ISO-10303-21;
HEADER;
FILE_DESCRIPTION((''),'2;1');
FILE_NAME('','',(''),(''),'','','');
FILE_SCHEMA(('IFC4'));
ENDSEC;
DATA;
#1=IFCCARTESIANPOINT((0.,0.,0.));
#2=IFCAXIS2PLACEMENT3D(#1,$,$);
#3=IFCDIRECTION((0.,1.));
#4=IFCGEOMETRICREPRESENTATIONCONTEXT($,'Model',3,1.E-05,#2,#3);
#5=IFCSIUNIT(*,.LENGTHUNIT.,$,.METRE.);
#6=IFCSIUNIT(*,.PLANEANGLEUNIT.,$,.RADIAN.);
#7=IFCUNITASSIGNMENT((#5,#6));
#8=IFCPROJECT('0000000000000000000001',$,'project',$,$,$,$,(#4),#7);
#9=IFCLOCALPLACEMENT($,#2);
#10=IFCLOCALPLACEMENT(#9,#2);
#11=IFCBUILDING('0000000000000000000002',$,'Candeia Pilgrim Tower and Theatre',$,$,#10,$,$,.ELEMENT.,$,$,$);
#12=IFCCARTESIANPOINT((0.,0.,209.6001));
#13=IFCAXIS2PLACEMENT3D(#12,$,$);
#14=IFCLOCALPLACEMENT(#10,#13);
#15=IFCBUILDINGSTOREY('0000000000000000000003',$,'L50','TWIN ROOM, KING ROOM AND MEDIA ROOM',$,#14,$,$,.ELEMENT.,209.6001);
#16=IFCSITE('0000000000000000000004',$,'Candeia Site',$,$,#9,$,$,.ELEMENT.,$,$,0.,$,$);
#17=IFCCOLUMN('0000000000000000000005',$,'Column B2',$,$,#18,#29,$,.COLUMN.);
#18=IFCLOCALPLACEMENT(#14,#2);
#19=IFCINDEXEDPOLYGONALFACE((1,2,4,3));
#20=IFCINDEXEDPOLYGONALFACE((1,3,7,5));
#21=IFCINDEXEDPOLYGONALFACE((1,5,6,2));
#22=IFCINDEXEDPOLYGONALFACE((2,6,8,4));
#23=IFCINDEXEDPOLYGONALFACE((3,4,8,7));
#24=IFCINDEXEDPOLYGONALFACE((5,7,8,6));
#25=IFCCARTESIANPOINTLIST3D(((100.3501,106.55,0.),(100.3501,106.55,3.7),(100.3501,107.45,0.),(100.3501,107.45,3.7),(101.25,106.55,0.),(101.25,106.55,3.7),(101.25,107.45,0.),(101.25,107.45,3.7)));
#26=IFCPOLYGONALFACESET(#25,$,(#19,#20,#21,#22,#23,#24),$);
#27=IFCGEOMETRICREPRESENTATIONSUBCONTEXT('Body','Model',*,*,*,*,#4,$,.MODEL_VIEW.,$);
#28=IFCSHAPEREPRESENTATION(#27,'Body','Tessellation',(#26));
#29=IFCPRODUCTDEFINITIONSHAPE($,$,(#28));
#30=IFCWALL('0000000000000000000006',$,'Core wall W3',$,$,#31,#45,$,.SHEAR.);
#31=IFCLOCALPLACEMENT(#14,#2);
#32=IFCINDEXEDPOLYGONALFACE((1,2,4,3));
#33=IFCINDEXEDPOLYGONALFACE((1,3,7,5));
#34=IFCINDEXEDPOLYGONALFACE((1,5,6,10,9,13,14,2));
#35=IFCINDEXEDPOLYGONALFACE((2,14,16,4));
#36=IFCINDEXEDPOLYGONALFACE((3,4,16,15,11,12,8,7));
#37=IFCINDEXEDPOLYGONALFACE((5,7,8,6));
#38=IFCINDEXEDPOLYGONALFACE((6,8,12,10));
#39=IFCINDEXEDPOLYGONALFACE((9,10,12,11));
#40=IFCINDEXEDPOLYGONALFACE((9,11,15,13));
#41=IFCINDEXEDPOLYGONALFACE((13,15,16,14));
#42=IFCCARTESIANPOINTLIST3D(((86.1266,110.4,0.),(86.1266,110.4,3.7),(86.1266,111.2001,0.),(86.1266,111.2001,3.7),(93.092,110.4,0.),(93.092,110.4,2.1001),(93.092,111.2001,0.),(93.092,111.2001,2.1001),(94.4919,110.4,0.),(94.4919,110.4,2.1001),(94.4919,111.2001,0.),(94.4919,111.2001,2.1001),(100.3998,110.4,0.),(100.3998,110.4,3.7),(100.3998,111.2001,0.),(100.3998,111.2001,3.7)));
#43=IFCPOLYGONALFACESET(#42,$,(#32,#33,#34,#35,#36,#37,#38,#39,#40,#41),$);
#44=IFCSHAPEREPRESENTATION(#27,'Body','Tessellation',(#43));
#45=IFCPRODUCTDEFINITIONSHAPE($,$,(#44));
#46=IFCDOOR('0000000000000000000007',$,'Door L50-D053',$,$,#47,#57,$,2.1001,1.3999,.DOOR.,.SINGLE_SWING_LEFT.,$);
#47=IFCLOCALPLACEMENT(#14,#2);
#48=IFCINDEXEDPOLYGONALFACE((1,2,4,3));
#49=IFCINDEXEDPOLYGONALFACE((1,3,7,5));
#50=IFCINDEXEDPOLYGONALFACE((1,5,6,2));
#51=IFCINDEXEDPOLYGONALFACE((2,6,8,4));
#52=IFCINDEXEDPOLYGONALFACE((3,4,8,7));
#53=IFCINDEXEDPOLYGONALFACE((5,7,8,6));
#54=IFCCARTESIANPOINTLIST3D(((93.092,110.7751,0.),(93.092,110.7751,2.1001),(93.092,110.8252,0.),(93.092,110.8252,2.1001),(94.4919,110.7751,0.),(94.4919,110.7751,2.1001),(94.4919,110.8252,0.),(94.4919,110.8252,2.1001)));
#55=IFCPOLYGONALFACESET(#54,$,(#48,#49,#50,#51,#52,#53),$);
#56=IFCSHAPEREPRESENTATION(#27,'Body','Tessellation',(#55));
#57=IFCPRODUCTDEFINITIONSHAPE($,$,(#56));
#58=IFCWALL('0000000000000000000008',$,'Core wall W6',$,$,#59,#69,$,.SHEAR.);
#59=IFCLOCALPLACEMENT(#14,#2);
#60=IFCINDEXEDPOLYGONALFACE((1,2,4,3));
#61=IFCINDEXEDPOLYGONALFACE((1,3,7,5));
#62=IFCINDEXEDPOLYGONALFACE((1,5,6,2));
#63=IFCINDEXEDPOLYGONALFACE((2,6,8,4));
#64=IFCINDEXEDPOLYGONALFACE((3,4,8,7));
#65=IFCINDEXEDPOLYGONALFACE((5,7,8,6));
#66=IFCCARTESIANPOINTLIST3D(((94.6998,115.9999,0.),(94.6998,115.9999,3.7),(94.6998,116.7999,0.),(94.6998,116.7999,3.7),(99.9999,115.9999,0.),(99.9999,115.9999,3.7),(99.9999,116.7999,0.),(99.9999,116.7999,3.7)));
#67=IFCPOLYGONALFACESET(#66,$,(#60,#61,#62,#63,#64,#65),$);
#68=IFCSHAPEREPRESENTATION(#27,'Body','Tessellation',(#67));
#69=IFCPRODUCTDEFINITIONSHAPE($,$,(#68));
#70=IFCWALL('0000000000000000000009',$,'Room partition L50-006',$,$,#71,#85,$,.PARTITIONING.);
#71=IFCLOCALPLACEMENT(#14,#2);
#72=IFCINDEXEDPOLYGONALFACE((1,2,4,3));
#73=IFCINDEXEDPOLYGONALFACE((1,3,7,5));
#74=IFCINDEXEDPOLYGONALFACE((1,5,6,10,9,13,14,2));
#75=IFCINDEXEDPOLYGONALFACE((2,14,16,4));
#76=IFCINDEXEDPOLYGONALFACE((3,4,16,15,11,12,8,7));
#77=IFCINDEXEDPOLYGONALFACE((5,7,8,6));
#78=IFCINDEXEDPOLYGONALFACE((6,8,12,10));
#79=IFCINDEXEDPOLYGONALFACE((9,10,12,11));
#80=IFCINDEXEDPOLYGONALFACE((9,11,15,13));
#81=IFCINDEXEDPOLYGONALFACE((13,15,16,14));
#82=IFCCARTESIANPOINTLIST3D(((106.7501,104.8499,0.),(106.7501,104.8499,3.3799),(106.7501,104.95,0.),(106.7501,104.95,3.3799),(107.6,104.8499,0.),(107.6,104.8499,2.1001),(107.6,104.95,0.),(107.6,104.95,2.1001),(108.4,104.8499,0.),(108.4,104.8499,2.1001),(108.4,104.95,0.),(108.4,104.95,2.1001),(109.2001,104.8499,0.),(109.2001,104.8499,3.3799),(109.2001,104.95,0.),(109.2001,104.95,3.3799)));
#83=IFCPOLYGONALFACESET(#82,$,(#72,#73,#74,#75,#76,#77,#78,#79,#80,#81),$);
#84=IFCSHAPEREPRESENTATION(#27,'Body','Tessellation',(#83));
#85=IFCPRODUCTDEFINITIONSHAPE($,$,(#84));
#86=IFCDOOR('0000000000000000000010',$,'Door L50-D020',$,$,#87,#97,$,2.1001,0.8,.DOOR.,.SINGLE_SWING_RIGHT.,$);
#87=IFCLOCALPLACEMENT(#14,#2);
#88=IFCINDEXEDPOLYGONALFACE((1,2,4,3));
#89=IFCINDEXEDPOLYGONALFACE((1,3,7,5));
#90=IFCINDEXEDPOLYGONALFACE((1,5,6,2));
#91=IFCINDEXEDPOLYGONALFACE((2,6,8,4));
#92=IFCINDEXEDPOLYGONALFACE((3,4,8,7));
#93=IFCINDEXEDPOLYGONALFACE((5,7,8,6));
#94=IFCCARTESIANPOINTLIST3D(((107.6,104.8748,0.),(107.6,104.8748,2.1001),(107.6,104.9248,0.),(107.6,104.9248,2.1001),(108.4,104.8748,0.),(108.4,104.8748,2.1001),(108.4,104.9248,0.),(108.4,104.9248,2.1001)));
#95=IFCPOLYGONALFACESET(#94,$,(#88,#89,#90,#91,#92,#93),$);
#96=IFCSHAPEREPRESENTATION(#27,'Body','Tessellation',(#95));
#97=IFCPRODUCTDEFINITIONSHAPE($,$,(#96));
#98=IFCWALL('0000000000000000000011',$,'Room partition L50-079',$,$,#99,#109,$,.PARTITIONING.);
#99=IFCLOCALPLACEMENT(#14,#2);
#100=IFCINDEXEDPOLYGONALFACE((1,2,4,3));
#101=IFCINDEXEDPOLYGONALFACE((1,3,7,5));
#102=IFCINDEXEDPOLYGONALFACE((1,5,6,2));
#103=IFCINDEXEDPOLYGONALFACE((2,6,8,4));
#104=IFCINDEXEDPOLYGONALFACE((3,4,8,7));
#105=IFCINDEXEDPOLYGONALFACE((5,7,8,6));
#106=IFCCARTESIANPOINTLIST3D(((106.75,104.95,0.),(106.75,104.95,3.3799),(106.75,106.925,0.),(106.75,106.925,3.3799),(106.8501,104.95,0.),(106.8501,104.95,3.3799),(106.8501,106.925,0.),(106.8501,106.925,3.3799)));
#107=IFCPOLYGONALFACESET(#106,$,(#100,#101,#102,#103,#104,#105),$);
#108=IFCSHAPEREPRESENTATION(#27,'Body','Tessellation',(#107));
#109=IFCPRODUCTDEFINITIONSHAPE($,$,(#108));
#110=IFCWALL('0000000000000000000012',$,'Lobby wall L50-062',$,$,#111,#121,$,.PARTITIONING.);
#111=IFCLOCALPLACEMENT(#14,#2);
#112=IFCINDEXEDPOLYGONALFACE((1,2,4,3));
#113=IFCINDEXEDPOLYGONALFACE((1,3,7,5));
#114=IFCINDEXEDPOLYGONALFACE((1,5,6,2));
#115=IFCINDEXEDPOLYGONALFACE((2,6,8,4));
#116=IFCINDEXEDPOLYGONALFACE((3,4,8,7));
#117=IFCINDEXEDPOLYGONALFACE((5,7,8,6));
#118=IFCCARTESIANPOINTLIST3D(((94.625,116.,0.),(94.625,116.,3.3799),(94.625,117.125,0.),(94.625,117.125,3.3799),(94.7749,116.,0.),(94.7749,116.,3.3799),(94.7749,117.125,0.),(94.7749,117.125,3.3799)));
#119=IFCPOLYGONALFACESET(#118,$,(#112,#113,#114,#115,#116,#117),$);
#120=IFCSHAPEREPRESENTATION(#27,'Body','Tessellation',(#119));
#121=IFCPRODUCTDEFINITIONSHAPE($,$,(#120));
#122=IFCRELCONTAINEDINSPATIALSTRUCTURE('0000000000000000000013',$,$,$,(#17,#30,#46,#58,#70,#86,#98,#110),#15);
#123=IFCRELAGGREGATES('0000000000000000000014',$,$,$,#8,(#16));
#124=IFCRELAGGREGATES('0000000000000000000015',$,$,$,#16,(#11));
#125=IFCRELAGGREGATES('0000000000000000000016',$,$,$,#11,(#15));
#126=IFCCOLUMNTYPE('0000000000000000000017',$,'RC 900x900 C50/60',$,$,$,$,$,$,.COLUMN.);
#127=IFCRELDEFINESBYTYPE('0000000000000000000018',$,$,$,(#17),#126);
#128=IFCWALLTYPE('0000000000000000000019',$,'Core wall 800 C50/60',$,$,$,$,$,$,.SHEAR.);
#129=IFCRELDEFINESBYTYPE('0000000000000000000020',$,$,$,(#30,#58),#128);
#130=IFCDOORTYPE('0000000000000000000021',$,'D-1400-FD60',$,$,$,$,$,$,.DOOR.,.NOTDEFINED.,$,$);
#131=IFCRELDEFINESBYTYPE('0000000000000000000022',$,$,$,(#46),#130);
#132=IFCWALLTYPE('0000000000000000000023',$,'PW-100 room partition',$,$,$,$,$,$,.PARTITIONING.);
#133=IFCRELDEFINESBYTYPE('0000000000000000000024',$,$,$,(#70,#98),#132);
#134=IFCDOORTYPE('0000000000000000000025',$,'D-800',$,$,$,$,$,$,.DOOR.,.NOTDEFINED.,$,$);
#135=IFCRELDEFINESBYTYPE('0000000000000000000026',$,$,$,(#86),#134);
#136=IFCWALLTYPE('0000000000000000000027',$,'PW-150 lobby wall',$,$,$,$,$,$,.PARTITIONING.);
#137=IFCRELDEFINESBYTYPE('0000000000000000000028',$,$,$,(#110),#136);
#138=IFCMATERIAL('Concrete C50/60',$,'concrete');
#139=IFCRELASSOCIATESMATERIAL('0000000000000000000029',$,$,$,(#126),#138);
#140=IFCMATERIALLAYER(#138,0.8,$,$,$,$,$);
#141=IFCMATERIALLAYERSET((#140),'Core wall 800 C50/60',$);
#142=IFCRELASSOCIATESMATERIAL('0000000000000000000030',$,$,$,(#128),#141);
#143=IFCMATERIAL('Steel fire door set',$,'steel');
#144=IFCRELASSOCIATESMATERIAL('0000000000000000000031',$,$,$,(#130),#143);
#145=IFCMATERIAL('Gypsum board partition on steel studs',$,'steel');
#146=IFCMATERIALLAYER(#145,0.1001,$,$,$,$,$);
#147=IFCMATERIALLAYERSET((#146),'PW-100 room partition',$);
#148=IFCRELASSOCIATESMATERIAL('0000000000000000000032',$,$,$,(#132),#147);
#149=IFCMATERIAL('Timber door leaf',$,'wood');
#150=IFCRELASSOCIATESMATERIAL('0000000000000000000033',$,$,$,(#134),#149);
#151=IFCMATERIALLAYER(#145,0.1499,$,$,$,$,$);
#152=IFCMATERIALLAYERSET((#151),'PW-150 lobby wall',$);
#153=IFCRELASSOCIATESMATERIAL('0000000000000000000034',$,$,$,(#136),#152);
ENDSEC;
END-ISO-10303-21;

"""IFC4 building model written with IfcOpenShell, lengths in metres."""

from ifc_helpers import new_model, si_unit, direction, frame, frame_2d, origin, origin_2d, place, context, subcontext, project, spatial, rectangle, extrude, material, layer, layer_set, material_profile, profile_set, type_object, element, fill, save


model = new_model("IFC4")

# Units and contexts
model_context = context("Model", 3, precision=1e-05, world=origin(), true_north=direction((0.0, 1.0)))
body_context = subcontext(model_context, "Body", "Model", "MODEL_VIEW")
ifc_project = project(units=[si_unit("LENGTHUNIT", "METRE"), si_unit("PLANEANGLEUNIT", "RADIAN")], contexts=[model_context])

# Site, building, storey
site_placement = place(None, origin())
site = spatial("IfcSite", under=ifc_project, at=site_placement, Name="Candeia Site", CompositionType="ELEMENT", RefElevation=0.0)
building_placement = place(site_placement, origin())
building = spatial("IfcBuilding", under=site, at=building_placement, Name="Candeia Pilgrim Tower and Theatre", CompositionType="ELEMENT")
storey_placement = place(building_placement, frame((0.0, 0.0, 209.6001)))
storey = spatial("IfcBuildingStorey", under=building, at=storey_placement, Name="L50", Description="TWIN ROOM, KING ROOM AND MEDIA ROOM", CompositionType="ELEMENT", Elevation=209.6001)

# Column
ifc_material_1 = material(Name="Concrete C50/60", Category="concrete")
ifc_material_profile = material_profile(ifc_material_1, rectangle(XDim=0.8999, YDim=0.8999, at=origin_2d()))
ifc_profile_set = profile_set([ifc_material_profile], Name="Concrete C50/60")
column_type = type_object("IfcColumnType", Name="RC 900x900 C50/60", PredefinedType="COLUMN", material=ifc_profile_set)
column_placement = place(storey_placement, frame((100.8, 107.0, 0.0), z_axis=(0.0, 0.0, 1.0), x_axis=(1.0, 0.0, 0.0)))
element("IfcColumn", 1, at=column_placement, inside=storey, type_object=column_type, Name="Column B2", PredefinedType="COLUMN", context=body_context, shape_type="SweptSolid", body=[
    extrude(rectangle(XDim=0.8999, YDim=0.8999, at=origin_2d()), origin(), (0.0, 0.0, 1.0), 3.7),
])

# Wall, opening, door
ifc_layer_1 = layer(ifc_material_1, 0.8)
ifc_layer_set_1 = layer_set([ifc_layer_1], Name="Core wall 800 C50/60")
wall_type_1 = type_object("IfcWallType", Name="Core wall 800 C50/60", PredefinedType="SHEAR", material=ifc_layer_set_1)
wall_1_placement = place(storey_placement, frame((100.3999, 110.8, 0.0), z_axis=(0.0, 0.0, 1.0), x_axis=(-1.0, 0.0, 0.0)))
wall_1 = element("IfcWall", 2, at=wall_1_placement, inside=storey, type_object=wall_type_1, Name="Core wall W3", PredefinedType="SHEAR", context=body_context, shape_type="SweptSolid", body=[
    extrude(rectangle(XDim=14.2732, YDim=0.8, at=frame_2d((7.1367, 0.0))), origin(), (0.0, 0.0, 1.0), 3.7),
])
opening_1_placement = place(wall_1_placement, frame((5.908, 0.0, 0.0)))
opening_1 = element("IfcOpeningElement", 3, at=opening_1_placement, cuts=wall_1, PredefinedType="OPENING", context=body_context, shape_type="SweptSolid", body=[
    extrude(rectangle(XDim=1.3999, YDim=2.1001, at=frame_2d((0.7, 1.05))), frame((0.0, 0.4102, 0.0), z_axis=(0.0, -1.0, 0.0), x_axis=(1.0, 0.0, 0.0)), (0.0, 0.0, 1.0), 0.8201),
])
ifc_material_2 = material(Name="Steel fire door set", Category="steel")
door_type_1 = type_object("IfcDoorType", Name="D-1400-FD60", OperationType="NOTDEFINED", PredefinedType="DOOR", material=ifc_material_2)
door_1_placement = place(opening_1_placement, origin())
door_1 = element("IfcDoor", 4, at=door_1_placement, inside=storey, type_object=door_type_1, Name="Door L50-D053", OperationType="SINGLE_SWING_LEFT", OverallHeight=2.1001, OverallWidth=1.3999, PredefinedType="DOOR", context=body_context, shape_type="SweptSolid", body=[
    extrude(rectangle(XDim=1.3999, YDim=2.1001, at=frame_2d((0.7, 1.05))), frame((0.0, 0.0249, 0.0), z_axis=(0.0, -1.0, 0.0), x_axis=(1.0, 0.0, 0.0)), (0.0, 0.0, 1.0), 0.05),
])
fill(opening_1, door_1)

# Wall
wall_2_placement = place(storey_placement, frame((94.7, 116.3999, 0.0), z_axis=(0.0, 0.0, 1.0), x_axis=(1.0, 0.0, 0.0)))
element("IfcWall", 5, at=wall_2_placement, inside=storey, type_object=wall_type_1, Name="Core wall W6", PredefinedType="SHEAR", context=body_context, shape_type="SweptSolid", body=[
    extrude(rectangle(XDim=5.3, YDim=0.8, at=frame_2d((2.6499, 0.0))), origin(), (0.0, 0.0, 1.0), 3.7),
])

# Wall, opening, door
ifc_material_3 = material(Name="Gypsum board partition on steel studs", Category="steel")
ifc_layer_2 = layer(ifc_material_3, 0.1001)
ifc_layer_set_2 = layer_set([ifc_layer_2], Name="PW-100 room partition")
wall_type_2 = type_object("IfcWallType", Name="PW-100 room partition", PredefinedType="PARTITIONING", material=ifc_layer_set_2)
wall_3_placement = place(storey_placement, frame((106.75, 104.8999, 0.0), z_axis=(0.0, 0.0, 1.0), x_axis=(1.0, 0.0, 0.0)))
wall_3 = element("IfcWall", 6, at=wall_3_placement, inside=storey, type_object=wall_type_2, Name="Room partition L50-006", PredefinedType="PARTITIONING", context=body_context, shape_type="SweptSolid", body=[
    extrude(rectangle(XDim=2.45, YDim=0.1001, at=frame_2d((1.2251, 0.0))), origin(), (0.0, 0.0, 1.0), 3.3799),
])
opening_2_placement = place(wall_3_placement, frame((0.8501, 0.0, 0.0)))
opening_2 = element("IfcOpeningElement", 7, at=opening_2_placement, cuts=wall_3, PredefinedType="OPENING", context=body_context, shape_type="SweptSolid", body=[
    extrude(rectangle(XDim=0.8, YDim=2.1001, at=frame_2d((0.3999, 1.05))), frame((0.0, 0.0601, 0.0), z_axis=(0.0, -1.0, 0.0), x_axis=(1.0, 0.0, 0.0)), (0.0, 0.0, 1.0), 0.1201),
])
ifc_material_4 = material(Name="Timber door leaf", Category="wood")
door_type_2 = type_object("IfcDoorType", Name="D-800", OperationType="NOTDEFINED", PredefinedType="DOOR", material=ifc_material_4)
door_2_placement = place(opening_2_placement, origin())
door_2 = element("IfcDoor", 8, at=door_2_placement, inside=storey, type_object=door_type_2, Name="Door L50-D020", OperationType="SINGLE_SWING_RIGHT", OverallHeight=2.1001, OverallWidth=0.8, PredefinedType="DOOR", context=body_context, shape_type="SweptSolid", body=[
    extrude(rectangle(XDim=0.8, YDim=2.1001, at=frame_2d((0.3999, 1.05))), frame((0.0, 0.0249, 0.0), z_axis=(0.0, -1.0, 0.0), x_axis=(1.0, 0.0, 0.0)), (0.0, 0.0, 1.0), 0.05),
])
fill(opening_2, door_2)

# Walls
wall_4_placement = place(storey_placement, frame((106.8, 104.95, 0.0), z_axis=(0.0, 0.0, 1.0), x_axis=(0.0, 1.0, 0.0)))
element("IfcWall", 9, at=wall_4_placement, inside=storey, type_object=wall_type_2, Name="Room partition L50-079", PredefinedType="PARTITIONING", context=body_context, shape_type="SweptSolid", body=[
    extrude(rectangle(XDim=1.9751, YDim=0.1001, at=frame_2d((0.9875, 0.0))), origin(), (0.0, 0.0, 1.0), 3.3799),
])
ifc_layer_3 = layer(ifc_material_3, 0.1499)
ifc_layer_set_3 = layer_set([ifc_layer_3], Name="PW-150 lobby wall")
wall_type_3 = type_object("IfcWallType", Name="PW-150 lobby wall", PredefinedType="PARTITIONING", material=ifc_layer_set_3)
wall_5_placement = place(storey_placement, frame((94.7, 116.0, 0.0), z_axis=(0.0, 0.0, 1.0), x_axis=(0.0, 1.0, 0.0)))
element("IfcWall", 10, at=wall_5_placement, inside=storey, type_object=wall_type_3, Name="Lobby wall L50-062", PredefinedType="PARTITIONING", context=body_context, shape_type="SweptSolid", body=[
    extrude(rectangle(XDim=1.125, YDim=0.1499, at=frame_2d((0.5625, 0.0))), origin(), (0.0, 0.0, 1.0), 3.3799),
])

save(model, "model.ifc")
